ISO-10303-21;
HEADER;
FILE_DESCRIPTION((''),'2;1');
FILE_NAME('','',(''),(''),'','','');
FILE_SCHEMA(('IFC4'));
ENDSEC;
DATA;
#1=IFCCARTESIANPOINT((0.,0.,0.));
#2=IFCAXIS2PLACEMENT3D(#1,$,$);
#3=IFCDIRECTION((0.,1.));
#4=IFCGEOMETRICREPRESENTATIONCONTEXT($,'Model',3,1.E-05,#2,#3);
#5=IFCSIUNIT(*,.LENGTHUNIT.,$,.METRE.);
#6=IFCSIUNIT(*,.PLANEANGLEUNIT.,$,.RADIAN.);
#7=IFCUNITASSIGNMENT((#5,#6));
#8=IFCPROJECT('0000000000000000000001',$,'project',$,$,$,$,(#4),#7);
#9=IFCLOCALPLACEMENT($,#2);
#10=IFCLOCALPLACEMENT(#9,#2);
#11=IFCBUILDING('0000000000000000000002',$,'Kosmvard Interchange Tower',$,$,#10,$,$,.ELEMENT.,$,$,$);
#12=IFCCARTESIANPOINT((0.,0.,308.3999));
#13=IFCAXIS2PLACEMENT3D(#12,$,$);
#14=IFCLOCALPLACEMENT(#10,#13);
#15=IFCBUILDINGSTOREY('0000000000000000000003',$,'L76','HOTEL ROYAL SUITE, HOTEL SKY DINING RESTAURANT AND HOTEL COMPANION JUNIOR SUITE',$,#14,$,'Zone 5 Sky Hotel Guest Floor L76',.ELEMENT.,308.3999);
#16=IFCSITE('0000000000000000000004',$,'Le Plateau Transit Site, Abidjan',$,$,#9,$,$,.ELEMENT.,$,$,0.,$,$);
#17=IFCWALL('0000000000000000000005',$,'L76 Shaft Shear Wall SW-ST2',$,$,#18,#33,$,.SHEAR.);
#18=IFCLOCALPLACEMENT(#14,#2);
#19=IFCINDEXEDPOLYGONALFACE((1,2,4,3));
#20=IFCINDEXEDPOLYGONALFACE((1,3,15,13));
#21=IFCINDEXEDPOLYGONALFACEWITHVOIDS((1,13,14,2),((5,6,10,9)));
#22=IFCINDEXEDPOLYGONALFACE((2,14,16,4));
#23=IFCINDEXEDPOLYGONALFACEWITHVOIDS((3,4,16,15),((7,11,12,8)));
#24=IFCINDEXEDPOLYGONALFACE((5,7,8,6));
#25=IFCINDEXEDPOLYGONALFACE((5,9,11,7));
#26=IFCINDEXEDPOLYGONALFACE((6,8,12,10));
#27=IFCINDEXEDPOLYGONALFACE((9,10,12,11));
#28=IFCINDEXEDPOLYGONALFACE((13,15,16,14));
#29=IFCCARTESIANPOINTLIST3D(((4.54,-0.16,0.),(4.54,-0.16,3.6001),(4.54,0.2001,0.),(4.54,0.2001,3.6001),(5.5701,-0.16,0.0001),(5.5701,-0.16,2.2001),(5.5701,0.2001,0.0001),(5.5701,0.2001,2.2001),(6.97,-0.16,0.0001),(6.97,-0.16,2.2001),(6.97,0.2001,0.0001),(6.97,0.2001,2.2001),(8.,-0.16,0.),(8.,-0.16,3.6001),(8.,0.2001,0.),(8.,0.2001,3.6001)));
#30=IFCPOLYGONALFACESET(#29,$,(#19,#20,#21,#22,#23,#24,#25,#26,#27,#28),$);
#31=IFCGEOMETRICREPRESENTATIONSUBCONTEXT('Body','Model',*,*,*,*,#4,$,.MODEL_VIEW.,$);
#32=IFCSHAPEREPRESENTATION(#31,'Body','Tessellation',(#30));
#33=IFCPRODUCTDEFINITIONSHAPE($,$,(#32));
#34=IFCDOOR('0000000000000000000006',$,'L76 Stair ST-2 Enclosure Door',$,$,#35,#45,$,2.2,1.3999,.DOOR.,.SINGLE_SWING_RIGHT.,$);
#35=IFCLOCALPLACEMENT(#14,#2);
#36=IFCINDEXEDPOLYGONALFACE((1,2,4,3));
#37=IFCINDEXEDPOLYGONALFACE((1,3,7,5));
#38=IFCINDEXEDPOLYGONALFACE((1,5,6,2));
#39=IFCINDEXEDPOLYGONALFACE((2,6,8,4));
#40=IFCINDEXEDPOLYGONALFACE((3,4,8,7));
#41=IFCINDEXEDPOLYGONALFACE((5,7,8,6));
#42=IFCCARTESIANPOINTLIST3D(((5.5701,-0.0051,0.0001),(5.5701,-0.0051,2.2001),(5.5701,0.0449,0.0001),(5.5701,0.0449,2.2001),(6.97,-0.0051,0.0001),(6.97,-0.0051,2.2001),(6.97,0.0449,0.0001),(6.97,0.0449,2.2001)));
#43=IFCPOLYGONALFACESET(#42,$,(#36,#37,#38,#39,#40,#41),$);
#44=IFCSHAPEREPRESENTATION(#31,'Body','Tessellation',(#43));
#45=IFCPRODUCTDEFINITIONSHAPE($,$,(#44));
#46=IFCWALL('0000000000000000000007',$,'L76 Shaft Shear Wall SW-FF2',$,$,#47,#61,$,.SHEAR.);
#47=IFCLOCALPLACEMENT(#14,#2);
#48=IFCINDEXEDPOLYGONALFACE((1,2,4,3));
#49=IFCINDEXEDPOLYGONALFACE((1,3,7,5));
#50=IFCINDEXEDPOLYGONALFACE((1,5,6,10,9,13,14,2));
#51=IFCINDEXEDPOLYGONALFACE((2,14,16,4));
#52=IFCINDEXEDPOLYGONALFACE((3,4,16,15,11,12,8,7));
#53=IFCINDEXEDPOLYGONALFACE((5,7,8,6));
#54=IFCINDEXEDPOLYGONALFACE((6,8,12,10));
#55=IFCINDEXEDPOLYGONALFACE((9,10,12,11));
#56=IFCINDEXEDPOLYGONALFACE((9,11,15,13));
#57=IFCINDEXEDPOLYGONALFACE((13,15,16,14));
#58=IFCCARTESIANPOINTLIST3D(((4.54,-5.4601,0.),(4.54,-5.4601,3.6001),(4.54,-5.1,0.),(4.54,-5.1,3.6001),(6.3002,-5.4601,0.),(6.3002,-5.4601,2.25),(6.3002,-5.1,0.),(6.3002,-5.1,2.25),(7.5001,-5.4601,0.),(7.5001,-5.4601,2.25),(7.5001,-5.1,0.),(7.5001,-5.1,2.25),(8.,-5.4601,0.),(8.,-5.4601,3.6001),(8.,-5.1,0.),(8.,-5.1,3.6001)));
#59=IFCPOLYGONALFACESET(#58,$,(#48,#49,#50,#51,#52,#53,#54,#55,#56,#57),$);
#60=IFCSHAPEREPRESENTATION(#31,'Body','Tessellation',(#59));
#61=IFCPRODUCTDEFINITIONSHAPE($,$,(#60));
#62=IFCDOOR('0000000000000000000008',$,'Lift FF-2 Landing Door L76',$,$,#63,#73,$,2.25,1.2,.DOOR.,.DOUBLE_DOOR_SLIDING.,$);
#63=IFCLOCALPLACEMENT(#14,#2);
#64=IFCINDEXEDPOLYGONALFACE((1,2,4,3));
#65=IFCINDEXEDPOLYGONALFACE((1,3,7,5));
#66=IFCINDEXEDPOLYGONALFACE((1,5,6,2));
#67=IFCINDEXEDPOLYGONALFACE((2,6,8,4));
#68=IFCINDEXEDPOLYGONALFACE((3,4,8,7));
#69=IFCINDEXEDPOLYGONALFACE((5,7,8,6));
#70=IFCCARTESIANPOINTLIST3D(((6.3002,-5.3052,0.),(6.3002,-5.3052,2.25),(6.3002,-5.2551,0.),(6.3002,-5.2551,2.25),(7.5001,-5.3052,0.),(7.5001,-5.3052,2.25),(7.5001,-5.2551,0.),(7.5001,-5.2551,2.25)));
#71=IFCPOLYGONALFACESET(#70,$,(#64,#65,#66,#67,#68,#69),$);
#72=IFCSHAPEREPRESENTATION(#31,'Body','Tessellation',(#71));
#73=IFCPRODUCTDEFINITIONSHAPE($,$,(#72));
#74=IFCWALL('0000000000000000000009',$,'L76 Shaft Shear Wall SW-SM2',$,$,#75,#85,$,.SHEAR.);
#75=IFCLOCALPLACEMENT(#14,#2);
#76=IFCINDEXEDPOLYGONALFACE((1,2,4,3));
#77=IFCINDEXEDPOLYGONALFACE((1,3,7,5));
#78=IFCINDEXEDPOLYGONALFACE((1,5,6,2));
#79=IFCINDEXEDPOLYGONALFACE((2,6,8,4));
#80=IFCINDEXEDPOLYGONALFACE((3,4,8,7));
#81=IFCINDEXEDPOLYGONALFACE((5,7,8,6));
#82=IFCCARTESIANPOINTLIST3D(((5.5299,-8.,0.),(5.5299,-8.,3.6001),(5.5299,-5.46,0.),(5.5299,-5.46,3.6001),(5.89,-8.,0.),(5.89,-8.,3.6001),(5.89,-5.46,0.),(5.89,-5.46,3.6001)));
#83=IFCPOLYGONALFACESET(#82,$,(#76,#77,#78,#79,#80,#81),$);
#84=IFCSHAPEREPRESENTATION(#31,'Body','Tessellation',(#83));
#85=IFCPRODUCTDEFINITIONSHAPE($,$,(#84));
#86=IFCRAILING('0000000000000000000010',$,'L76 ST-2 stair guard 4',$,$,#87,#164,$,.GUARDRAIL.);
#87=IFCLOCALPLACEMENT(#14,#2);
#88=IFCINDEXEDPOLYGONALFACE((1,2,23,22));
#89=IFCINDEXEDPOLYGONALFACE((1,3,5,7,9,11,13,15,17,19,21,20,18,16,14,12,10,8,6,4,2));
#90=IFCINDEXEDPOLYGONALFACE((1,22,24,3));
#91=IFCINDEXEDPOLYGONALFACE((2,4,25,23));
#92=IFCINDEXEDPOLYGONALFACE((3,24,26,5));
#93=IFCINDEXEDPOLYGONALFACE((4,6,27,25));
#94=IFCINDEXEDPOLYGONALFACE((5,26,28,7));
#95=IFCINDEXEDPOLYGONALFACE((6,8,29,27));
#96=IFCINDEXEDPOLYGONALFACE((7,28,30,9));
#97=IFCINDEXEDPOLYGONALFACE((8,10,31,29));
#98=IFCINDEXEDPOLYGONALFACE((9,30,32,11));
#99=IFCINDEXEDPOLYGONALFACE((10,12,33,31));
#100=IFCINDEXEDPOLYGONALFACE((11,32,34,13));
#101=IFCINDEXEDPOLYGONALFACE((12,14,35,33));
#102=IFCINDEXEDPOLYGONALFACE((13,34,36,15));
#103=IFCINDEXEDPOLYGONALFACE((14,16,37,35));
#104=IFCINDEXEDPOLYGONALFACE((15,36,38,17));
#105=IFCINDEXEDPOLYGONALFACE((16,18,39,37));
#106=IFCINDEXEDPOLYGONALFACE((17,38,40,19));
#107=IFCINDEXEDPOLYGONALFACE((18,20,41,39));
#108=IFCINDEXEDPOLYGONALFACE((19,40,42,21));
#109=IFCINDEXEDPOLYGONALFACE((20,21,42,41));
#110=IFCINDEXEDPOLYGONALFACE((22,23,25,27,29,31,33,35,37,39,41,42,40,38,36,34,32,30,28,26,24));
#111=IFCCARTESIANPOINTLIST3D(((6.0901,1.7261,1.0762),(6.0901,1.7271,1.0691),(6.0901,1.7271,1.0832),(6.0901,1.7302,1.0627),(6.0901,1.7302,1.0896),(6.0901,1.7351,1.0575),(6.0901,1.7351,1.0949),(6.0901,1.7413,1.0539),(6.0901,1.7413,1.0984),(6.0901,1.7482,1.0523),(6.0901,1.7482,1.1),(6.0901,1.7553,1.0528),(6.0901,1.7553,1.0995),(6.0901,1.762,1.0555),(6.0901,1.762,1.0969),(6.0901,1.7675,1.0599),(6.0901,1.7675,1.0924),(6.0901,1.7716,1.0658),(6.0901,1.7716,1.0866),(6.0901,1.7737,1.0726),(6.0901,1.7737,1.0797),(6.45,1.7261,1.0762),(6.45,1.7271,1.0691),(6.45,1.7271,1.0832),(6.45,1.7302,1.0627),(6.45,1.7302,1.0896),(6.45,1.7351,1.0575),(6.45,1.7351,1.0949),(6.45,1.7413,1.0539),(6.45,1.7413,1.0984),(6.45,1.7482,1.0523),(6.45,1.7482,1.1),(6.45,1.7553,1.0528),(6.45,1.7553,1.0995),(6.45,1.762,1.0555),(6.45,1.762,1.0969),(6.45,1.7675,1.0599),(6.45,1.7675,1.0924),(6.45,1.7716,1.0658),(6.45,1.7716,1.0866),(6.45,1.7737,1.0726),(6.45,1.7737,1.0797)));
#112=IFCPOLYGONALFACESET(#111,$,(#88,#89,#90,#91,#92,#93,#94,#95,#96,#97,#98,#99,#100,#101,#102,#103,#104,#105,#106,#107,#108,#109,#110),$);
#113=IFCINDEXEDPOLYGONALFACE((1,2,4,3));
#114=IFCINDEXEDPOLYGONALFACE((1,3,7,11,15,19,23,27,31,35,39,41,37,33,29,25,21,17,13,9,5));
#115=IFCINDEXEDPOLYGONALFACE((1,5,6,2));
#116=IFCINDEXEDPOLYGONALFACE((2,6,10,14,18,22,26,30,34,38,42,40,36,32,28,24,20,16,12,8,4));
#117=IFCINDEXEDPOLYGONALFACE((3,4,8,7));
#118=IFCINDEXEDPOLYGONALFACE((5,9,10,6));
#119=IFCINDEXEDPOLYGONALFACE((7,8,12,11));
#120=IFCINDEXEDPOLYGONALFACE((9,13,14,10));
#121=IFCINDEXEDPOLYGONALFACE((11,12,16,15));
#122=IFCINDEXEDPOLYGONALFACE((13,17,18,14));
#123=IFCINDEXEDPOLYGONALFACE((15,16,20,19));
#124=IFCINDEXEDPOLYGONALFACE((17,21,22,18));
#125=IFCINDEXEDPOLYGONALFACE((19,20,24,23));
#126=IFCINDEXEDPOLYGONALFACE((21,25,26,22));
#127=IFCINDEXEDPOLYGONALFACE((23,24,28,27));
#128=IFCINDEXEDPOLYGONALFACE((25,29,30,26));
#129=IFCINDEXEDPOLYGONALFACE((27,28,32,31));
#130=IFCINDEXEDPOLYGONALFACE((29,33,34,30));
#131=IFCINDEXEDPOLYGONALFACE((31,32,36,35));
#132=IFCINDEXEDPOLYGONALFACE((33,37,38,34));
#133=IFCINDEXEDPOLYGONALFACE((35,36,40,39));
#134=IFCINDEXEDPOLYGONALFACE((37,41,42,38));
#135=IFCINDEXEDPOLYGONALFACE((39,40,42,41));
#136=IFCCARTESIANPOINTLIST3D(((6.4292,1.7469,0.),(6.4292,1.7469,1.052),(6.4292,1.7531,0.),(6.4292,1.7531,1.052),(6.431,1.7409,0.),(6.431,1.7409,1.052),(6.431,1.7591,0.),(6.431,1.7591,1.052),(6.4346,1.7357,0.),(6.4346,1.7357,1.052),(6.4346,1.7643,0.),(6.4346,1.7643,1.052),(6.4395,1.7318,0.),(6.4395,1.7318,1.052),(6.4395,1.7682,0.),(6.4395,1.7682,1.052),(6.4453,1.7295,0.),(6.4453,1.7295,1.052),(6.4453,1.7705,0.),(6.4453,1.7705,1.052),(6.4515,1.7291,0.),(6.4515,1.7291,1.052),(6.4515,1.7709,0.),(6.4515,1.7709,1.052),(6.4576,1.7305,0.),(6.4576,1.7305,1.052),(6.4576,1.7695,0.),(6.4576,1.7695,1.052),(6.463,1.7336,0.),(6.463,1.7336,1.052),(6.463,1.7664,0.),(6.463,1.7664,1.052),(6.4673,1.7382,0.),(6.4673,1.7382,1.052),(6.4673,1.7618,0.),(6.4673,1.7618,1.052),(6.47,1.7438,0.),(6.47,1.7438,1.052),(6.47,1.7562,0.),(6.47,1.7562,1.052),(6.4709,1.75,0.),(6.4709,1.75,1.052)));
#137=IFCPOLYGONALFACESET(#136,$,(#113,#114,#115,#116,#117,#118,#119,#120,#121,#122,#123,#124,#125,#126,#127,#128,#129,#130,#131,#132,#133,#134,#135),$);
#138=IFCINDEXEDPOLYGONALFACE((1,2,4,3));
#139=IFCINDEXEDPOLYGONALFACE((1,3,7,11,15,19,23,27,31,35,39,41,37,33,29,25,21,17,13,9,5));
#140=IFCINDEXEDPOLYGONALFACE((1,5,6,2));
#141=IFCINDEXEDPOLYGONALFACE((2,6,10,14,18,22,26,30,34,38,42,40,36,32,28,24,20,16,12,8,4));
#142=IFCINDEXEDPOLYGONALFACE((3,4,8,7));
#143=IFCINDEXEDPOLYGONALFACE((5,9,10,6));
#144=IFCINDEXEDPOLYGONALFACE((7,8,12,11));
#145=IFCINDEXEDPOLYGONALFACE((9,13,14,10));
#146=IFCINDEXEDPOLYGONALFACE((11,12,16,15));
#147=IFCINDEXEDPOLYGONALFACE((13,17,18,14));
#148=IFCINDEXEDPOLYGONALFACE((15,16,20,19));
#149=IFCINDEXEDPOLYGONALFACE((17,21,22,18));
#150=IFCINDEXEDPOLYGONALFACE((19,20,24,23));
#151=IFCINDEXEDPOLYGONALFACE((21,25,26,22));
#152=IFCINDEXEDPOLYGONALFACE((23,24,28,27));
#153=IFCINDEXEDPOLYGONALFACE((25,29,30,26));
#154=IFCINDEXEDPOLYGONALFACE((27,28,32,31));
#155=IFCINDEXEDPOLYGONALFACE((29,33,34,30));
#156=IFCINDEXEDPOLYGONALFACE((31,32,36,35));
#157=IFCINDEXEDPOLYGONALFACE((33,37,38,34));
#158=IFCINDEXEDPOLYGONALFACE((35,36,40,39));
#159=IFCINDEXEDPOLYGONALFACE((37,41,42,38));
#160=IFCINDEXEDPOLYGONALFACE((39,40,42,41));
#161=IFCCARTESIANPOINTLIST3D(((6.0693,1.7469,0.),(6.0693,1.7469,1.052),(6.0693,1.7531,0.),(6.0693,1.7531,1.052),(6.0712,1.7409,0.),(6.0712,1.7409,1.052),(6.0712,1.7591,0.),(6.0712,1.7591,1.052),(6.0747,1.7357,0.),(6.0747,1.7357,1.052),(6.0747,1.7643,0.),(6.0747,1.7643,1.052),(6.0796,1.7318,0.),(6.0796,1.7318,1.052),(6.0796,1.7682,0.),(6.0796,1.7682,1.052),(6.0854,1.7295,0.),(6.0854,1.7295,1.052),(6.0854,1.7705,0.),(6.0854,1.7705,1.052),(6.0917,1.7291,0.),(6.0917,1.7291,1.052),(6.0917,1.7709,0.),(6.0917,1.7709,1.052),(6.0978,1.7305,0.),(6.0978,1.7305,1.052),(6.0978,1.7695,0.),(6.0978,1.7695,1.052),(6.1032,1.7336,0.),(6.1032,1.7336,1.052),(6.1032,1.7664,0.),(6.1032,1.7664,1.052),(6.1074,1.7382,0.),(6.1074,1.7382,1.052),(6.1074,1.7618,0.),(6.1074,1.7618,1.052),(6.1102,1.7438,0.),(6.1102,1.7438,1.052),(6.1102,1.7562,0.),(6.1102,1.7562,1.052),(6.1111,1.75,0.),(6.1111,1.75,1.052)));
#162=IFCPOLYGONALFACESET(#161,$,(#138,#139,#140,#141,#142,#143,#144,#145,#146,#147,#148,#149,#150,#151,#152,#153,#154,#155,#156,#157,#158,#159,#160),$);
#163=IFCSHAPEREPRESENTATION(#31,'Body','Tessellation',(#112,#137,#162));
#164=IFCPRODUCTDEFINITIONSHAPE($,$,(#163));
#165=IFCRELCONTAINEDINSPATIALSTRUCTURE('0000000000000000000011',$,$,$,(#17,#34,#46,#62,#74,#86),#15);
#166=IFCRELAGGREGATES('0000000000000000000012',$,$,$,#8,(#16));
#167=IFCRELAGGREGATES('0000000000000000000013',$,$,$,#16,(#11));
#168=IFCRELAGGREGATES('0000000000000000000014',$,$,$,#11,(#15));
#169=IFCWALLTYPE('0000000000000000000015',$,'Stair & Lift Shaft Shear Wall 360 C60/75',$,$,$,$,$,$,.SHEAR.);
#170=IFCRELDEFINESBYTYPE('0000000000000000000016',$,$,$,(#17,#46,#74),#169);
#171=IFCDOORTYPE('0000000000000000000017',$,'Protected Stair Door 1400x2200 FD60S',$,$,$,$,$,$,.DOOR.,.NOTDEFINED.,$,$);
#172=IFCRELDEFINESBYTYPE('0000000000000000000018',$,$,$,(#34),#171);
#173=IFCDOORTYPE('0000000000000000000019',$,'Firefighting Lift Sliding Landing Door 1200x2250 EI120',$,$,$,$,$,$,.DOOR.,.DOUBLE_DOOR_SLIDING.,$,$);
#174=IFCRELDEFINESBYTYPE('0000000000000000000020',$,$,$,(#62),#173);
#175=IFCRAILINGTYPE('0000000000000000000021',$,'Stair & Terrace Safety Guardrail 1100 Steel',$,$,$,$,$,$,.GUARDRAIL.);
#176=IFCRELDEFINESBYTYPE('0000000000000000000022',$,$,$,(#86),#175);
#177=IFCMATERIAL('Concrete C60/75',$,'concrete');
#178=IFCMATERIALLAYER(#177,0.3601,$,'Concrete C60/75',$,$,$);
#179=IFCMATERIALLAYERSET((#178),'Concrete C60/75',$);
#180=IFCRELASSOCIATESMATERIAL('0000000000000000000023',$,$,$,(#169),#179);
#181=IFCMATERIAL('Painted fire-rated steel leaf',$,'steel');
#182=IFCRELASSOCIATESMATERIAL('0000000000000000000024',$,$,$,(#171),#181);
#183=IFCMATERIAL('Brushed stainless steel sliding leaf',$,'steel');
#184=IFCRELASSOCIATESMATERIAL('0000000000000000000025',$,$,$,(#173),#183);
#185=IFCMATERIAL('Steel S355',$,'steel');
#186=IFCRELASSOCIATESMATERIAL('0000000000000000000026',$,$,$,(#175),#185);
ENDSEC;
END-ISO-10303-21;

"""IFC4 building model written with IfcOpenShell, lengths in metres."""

from ifc_helpers import new_model, si_unit, direction, frame, frame_2d, origin, origin_2d, place, context, subcontext, project, spatial, rectangle, circle, extrude, source, transform, mapped, material, layer, layer_set, type_object, element, fill, save


model = new_model("IFC4")

# Units and contexts
model_context = context("Model", 3, precision=1e-05, world=origin(), true_north=direction((0.0, 1.0)))
body_context = subcontext(model_context, "Body", "Model", "MODEL_VIEW")
ifc_project = project(units=[si_unit("LENGTHUNIT", "METRE"), si_unit("PLANEANGLEUNIT", "RADIAN")], contexts=[model_context])

# Site, building, storey
site_placement = place(None, origin())
site = spatial("IfcSite", under=ifc_project, at=site_placement, Name="Le Plateau Transit Site, Abidjan", CompositionType="ELEMENT", RefElevation=0.0)
building_placement = place(site_placement, origin())
building = spatial("IfcBuilding", under=site, at=building_placement, Name="Kosmvard Interchange Tower", CompositionType="ELEMENT")
storey_placement = place(building_placement, frame((0.0, 0.0, 308.3999)))
storey = spatial("IfcBuildingStorey", under=building, at=storey_placement, Name="L76", Description="HOTEL ROYAL SUITE, HOTEL SKY DINING RESTAURANT AND HOTEL COMPANION JUNIOR SUITE", LongName="Zone 5 Sky Hotel Guest Floor L76", CompositionType="ELEMENT", Elevation=308.3999)

# Shared definitions
ifc_material_1 = material(Name="Painted fire-rated steel leaf", Category="steel")
ifc_material_2 = material(Name="Brushed stainless steel sliding leaf", Category="steel")

# Shared definitions
ifc_material_3 = material(Name="Concrete C60/75", Category="concrete")
ifc_layer_1 = layer(ifc_material_3, 0.3601, Name="Concrete C60/75")
ifc_layer_set_1 = layer_set([ifc_layer_1], Name="Concrete C60/75")
wall_type_1 = type_object("IfcWallType", Name="Stair & Lift Shaft Shear Wall 360 C60/75", PredefinedType="SHEAR", material=ifc_layer_set_1)

# Walls, openings, doors
wall_1_placement = place(storey_placement, frame((4.54, 0.02, 0.0), z_axis=(0.0, 0.0, 1.0), x_axis=(1.0, 0.0, 0.0)))
wall_1 = element("IfcWall", 1, at=wall_1_placement, inside=storey, type_object=wall_type_1, Name="L76 Shaft Shear Wall SW-ST2", PredefinedType="SHEAR", context=body_context, shape_type="SweptSolid", body=[
    extrude(rectangle(XDim=3.46, YDim=0.3601, at=frame_2d((1.73, 0.0))), origin(), (0.0, 0.0, 1.0), 3.6001),
])
opening_1_placement = place(wall_1_placement, frame((1.03, 0.0, 0.0)))
opening_1 = element("IfcOpeningElement", 2, at=opening_1_placement, cuts=wall_1, PredefinedType="OPENING", context=body_context, shape_type="SweptSolid", body=[
    extrude(rectangle(XDim=1.3999, YDim=2.2, at=frame_2d((0.7, 1.1001))), frame((0.0, 0.1899, 0.0), z_axis=(0.0, -1.0, 0.0), x_axis=(1.0, 0.0, 0.0)), (0.0, 0.0, 1.0), 0.3801),
])
door_type_1 = type_object("IfcDoorType", Name="Protected Stair Door 1400x2200 FD60S", OperationType="NOTDEFINED", PredefinedType="DOOR", material=ifc_material_1)
shared_shape_1 = source(origin(), body_context, "Body", "SweptSolid", [
    extrude(rectangle(XDim=1.3999, YDim=2.2, at=frame_2d((0.7, 1.1001))), frame((0.0, 0.0249, 0.0), z_axis=(0.0, -1.0, 0.0), x_axis=(1.0, 0.0, 0.0)), (0.0, 0.0, 1.0), 0.05),
])
door_1_placement = place(opening_1_placement, origin())
door_1 = element("IfcDoor", 3, at=door_1_placement, inside=storey, type_object=door_type_1, Name="L76 Stair ST-2 Enclosure Door", OperationType="SINGLE_SWING_RIGHT", OverallHeight=2.2, OverallWidth=1.3999, PredefinedType="DOOR", context=body_context, shape_type="MappedRepresentation", body=[
    mapped(shared_shape_1, transform((0.0, 0.0, 0.0), scale=1.0)),
])
fill(opening_1, door_1)
wall_2_placement = place(storey_placement, frame((4.54, -5.28, 0.0), z_axis=(0.0, 0.0, 1.0), x_axis=(1.0, 0.0, 0.0)))
wall_2 = element("IfcWall", 4, at=wall_2_placement, inside=storey, type_object=wall_type_1, Name="L76 Shaft Shear Wall SW-FF2", PredefinedType="SHEAR", context=body_context, shape_type="SweptSolid", body=[
    extrude(rectangle(XDim=3.46, YDim=0.3601, at=frame_2d((1.73, 0.0))), origin(), (0.0, 0.0, 1.0), 3.6001),
])
opening_2_placement = place(wall_2_placement, frame((1.76, 0.0, 0.0)))
opening_2 = element("IfcOpeningElement", 5, at=opening_2_placement, cuts=wall_2, PredefinedType="OPENING", context=body_context, shape_type="SweptSolid", body=[
    extrude(rectangle(XDim=1.2, YDim=2.25, at=frame_2d((0.6001, 1.125))), frame((0.0, 0.1899, 0.0), z_axis=(0.0, -1.0, 0.0), x_axis=(1.0, 0.0, 0.0)), (0.0, 0.0, 1.0), 0.3801),
])
door_type_2 = type_object("IfcDoorType", Name="Firefighting Lift Sliding Landing Door 1200x2250 EI120", OperationType="DOUBLE_DOOR_SLIDING", PredefinedType="DOOR", material=ifc_material_2)
shared_shape_2 = source(origin(), body_context, "Body", "SweptSolid", [
    extrude(rectangle(XDim=1.2, YDim=2.25, at=frame_2d((0.6001, 1.125))), frame((0.0, 0.0249, 0.0), z_axis=(0.0, -1.0, 0.0), x_axis=(1.0, 0.0, 0.0)), (0.0, 0.0, 1.0), 0.05),
])
door_2_placement = place(opening_2_placement, origin())
door_2 = element("IfcDoor", 6, at=door_2_placement, inside=storey, type_object=door_type_2, Name="Lift FF-2 Landing Door L76", OperationType="DOUBLE_DOOR_SLIDING", OverallHeight=2.25, OverallWidth=1.2, PredefinedType="DOOR", context=body_context, shape_type="MappedRepresentation", body=[
    mapped(shared_shape_2, transform((0.0, 0.0, 0.0), scale=1.0)),
])
fill(opening_2, door_2)

# Wall
wall_3_placement = place(storey_placement, frame((5.71, -8.0, 0.0), z_axis=(0.0, 0.0, 1.0), x_axis=(0.0, 1.0, 0.0)))
element("IfcWall", 7, at=wall_3_placement, inside=storey, type_object=wall_type_1, Name="L76 Shaft Shear Wall SW-SM2", PredefinedType="SHEAR", context=body_context, shape_type="SweptSolid", body=[
    extrude(rectangle(XDim=2.54, YDim=0.3601, at=frame_2d((1.27, 0.0))), origin(), (0.0, 0.0, 1.0), 3.6001),
])

# Railing
ifc_material_4 = material(Name="Steel S355", Category="steel")
railing_type = type_object("IfcRailingType", Name="Stair & Terrace Safety Guardrail 1100 Steel", PredefinedType="GUARDRAIL", material=ifc_material_4)
shared_shape_3 = source(origin(), body_context, "Body", "SweptSolid", [
    extrude(circle(Radius=0.0239, at=origin_2d()), frame((0.0, 0.0, 1.0762), z_axis=(-1.0, 0.0, 0.0), x_axis=(0.0, -1.0, 0.0)), (0.0, 0.0, 1.0), 0.3599),
    extrude(circle(Radius=0.021, at=origin_2d()), origin(), (0.0, 0.0, 1.0), 1.052),
    extrude(circle(Radius=0.021, at=origin_2d()), frame((-0.3599, 0.0, 0.0)), (0.0, 0.0, 1.0), 1.052),
])
railing_1_placement = place(storey_placement, frame((6.45, 1.75, 0.0)))
element("IfcRailing", 8, at=railing_1_placement, inside=storey, type_object=railing_type, Name="L76 ST-2 stair guard 4", PredefinedType="GUARDRAIL", context=body_context, shape_type="MappedRepresentation", body=[
    mapped(shared_shape_3, transform((0.0, 0.0, 0.0), scale=1.0)),
])

save(model, "model.ifc")
